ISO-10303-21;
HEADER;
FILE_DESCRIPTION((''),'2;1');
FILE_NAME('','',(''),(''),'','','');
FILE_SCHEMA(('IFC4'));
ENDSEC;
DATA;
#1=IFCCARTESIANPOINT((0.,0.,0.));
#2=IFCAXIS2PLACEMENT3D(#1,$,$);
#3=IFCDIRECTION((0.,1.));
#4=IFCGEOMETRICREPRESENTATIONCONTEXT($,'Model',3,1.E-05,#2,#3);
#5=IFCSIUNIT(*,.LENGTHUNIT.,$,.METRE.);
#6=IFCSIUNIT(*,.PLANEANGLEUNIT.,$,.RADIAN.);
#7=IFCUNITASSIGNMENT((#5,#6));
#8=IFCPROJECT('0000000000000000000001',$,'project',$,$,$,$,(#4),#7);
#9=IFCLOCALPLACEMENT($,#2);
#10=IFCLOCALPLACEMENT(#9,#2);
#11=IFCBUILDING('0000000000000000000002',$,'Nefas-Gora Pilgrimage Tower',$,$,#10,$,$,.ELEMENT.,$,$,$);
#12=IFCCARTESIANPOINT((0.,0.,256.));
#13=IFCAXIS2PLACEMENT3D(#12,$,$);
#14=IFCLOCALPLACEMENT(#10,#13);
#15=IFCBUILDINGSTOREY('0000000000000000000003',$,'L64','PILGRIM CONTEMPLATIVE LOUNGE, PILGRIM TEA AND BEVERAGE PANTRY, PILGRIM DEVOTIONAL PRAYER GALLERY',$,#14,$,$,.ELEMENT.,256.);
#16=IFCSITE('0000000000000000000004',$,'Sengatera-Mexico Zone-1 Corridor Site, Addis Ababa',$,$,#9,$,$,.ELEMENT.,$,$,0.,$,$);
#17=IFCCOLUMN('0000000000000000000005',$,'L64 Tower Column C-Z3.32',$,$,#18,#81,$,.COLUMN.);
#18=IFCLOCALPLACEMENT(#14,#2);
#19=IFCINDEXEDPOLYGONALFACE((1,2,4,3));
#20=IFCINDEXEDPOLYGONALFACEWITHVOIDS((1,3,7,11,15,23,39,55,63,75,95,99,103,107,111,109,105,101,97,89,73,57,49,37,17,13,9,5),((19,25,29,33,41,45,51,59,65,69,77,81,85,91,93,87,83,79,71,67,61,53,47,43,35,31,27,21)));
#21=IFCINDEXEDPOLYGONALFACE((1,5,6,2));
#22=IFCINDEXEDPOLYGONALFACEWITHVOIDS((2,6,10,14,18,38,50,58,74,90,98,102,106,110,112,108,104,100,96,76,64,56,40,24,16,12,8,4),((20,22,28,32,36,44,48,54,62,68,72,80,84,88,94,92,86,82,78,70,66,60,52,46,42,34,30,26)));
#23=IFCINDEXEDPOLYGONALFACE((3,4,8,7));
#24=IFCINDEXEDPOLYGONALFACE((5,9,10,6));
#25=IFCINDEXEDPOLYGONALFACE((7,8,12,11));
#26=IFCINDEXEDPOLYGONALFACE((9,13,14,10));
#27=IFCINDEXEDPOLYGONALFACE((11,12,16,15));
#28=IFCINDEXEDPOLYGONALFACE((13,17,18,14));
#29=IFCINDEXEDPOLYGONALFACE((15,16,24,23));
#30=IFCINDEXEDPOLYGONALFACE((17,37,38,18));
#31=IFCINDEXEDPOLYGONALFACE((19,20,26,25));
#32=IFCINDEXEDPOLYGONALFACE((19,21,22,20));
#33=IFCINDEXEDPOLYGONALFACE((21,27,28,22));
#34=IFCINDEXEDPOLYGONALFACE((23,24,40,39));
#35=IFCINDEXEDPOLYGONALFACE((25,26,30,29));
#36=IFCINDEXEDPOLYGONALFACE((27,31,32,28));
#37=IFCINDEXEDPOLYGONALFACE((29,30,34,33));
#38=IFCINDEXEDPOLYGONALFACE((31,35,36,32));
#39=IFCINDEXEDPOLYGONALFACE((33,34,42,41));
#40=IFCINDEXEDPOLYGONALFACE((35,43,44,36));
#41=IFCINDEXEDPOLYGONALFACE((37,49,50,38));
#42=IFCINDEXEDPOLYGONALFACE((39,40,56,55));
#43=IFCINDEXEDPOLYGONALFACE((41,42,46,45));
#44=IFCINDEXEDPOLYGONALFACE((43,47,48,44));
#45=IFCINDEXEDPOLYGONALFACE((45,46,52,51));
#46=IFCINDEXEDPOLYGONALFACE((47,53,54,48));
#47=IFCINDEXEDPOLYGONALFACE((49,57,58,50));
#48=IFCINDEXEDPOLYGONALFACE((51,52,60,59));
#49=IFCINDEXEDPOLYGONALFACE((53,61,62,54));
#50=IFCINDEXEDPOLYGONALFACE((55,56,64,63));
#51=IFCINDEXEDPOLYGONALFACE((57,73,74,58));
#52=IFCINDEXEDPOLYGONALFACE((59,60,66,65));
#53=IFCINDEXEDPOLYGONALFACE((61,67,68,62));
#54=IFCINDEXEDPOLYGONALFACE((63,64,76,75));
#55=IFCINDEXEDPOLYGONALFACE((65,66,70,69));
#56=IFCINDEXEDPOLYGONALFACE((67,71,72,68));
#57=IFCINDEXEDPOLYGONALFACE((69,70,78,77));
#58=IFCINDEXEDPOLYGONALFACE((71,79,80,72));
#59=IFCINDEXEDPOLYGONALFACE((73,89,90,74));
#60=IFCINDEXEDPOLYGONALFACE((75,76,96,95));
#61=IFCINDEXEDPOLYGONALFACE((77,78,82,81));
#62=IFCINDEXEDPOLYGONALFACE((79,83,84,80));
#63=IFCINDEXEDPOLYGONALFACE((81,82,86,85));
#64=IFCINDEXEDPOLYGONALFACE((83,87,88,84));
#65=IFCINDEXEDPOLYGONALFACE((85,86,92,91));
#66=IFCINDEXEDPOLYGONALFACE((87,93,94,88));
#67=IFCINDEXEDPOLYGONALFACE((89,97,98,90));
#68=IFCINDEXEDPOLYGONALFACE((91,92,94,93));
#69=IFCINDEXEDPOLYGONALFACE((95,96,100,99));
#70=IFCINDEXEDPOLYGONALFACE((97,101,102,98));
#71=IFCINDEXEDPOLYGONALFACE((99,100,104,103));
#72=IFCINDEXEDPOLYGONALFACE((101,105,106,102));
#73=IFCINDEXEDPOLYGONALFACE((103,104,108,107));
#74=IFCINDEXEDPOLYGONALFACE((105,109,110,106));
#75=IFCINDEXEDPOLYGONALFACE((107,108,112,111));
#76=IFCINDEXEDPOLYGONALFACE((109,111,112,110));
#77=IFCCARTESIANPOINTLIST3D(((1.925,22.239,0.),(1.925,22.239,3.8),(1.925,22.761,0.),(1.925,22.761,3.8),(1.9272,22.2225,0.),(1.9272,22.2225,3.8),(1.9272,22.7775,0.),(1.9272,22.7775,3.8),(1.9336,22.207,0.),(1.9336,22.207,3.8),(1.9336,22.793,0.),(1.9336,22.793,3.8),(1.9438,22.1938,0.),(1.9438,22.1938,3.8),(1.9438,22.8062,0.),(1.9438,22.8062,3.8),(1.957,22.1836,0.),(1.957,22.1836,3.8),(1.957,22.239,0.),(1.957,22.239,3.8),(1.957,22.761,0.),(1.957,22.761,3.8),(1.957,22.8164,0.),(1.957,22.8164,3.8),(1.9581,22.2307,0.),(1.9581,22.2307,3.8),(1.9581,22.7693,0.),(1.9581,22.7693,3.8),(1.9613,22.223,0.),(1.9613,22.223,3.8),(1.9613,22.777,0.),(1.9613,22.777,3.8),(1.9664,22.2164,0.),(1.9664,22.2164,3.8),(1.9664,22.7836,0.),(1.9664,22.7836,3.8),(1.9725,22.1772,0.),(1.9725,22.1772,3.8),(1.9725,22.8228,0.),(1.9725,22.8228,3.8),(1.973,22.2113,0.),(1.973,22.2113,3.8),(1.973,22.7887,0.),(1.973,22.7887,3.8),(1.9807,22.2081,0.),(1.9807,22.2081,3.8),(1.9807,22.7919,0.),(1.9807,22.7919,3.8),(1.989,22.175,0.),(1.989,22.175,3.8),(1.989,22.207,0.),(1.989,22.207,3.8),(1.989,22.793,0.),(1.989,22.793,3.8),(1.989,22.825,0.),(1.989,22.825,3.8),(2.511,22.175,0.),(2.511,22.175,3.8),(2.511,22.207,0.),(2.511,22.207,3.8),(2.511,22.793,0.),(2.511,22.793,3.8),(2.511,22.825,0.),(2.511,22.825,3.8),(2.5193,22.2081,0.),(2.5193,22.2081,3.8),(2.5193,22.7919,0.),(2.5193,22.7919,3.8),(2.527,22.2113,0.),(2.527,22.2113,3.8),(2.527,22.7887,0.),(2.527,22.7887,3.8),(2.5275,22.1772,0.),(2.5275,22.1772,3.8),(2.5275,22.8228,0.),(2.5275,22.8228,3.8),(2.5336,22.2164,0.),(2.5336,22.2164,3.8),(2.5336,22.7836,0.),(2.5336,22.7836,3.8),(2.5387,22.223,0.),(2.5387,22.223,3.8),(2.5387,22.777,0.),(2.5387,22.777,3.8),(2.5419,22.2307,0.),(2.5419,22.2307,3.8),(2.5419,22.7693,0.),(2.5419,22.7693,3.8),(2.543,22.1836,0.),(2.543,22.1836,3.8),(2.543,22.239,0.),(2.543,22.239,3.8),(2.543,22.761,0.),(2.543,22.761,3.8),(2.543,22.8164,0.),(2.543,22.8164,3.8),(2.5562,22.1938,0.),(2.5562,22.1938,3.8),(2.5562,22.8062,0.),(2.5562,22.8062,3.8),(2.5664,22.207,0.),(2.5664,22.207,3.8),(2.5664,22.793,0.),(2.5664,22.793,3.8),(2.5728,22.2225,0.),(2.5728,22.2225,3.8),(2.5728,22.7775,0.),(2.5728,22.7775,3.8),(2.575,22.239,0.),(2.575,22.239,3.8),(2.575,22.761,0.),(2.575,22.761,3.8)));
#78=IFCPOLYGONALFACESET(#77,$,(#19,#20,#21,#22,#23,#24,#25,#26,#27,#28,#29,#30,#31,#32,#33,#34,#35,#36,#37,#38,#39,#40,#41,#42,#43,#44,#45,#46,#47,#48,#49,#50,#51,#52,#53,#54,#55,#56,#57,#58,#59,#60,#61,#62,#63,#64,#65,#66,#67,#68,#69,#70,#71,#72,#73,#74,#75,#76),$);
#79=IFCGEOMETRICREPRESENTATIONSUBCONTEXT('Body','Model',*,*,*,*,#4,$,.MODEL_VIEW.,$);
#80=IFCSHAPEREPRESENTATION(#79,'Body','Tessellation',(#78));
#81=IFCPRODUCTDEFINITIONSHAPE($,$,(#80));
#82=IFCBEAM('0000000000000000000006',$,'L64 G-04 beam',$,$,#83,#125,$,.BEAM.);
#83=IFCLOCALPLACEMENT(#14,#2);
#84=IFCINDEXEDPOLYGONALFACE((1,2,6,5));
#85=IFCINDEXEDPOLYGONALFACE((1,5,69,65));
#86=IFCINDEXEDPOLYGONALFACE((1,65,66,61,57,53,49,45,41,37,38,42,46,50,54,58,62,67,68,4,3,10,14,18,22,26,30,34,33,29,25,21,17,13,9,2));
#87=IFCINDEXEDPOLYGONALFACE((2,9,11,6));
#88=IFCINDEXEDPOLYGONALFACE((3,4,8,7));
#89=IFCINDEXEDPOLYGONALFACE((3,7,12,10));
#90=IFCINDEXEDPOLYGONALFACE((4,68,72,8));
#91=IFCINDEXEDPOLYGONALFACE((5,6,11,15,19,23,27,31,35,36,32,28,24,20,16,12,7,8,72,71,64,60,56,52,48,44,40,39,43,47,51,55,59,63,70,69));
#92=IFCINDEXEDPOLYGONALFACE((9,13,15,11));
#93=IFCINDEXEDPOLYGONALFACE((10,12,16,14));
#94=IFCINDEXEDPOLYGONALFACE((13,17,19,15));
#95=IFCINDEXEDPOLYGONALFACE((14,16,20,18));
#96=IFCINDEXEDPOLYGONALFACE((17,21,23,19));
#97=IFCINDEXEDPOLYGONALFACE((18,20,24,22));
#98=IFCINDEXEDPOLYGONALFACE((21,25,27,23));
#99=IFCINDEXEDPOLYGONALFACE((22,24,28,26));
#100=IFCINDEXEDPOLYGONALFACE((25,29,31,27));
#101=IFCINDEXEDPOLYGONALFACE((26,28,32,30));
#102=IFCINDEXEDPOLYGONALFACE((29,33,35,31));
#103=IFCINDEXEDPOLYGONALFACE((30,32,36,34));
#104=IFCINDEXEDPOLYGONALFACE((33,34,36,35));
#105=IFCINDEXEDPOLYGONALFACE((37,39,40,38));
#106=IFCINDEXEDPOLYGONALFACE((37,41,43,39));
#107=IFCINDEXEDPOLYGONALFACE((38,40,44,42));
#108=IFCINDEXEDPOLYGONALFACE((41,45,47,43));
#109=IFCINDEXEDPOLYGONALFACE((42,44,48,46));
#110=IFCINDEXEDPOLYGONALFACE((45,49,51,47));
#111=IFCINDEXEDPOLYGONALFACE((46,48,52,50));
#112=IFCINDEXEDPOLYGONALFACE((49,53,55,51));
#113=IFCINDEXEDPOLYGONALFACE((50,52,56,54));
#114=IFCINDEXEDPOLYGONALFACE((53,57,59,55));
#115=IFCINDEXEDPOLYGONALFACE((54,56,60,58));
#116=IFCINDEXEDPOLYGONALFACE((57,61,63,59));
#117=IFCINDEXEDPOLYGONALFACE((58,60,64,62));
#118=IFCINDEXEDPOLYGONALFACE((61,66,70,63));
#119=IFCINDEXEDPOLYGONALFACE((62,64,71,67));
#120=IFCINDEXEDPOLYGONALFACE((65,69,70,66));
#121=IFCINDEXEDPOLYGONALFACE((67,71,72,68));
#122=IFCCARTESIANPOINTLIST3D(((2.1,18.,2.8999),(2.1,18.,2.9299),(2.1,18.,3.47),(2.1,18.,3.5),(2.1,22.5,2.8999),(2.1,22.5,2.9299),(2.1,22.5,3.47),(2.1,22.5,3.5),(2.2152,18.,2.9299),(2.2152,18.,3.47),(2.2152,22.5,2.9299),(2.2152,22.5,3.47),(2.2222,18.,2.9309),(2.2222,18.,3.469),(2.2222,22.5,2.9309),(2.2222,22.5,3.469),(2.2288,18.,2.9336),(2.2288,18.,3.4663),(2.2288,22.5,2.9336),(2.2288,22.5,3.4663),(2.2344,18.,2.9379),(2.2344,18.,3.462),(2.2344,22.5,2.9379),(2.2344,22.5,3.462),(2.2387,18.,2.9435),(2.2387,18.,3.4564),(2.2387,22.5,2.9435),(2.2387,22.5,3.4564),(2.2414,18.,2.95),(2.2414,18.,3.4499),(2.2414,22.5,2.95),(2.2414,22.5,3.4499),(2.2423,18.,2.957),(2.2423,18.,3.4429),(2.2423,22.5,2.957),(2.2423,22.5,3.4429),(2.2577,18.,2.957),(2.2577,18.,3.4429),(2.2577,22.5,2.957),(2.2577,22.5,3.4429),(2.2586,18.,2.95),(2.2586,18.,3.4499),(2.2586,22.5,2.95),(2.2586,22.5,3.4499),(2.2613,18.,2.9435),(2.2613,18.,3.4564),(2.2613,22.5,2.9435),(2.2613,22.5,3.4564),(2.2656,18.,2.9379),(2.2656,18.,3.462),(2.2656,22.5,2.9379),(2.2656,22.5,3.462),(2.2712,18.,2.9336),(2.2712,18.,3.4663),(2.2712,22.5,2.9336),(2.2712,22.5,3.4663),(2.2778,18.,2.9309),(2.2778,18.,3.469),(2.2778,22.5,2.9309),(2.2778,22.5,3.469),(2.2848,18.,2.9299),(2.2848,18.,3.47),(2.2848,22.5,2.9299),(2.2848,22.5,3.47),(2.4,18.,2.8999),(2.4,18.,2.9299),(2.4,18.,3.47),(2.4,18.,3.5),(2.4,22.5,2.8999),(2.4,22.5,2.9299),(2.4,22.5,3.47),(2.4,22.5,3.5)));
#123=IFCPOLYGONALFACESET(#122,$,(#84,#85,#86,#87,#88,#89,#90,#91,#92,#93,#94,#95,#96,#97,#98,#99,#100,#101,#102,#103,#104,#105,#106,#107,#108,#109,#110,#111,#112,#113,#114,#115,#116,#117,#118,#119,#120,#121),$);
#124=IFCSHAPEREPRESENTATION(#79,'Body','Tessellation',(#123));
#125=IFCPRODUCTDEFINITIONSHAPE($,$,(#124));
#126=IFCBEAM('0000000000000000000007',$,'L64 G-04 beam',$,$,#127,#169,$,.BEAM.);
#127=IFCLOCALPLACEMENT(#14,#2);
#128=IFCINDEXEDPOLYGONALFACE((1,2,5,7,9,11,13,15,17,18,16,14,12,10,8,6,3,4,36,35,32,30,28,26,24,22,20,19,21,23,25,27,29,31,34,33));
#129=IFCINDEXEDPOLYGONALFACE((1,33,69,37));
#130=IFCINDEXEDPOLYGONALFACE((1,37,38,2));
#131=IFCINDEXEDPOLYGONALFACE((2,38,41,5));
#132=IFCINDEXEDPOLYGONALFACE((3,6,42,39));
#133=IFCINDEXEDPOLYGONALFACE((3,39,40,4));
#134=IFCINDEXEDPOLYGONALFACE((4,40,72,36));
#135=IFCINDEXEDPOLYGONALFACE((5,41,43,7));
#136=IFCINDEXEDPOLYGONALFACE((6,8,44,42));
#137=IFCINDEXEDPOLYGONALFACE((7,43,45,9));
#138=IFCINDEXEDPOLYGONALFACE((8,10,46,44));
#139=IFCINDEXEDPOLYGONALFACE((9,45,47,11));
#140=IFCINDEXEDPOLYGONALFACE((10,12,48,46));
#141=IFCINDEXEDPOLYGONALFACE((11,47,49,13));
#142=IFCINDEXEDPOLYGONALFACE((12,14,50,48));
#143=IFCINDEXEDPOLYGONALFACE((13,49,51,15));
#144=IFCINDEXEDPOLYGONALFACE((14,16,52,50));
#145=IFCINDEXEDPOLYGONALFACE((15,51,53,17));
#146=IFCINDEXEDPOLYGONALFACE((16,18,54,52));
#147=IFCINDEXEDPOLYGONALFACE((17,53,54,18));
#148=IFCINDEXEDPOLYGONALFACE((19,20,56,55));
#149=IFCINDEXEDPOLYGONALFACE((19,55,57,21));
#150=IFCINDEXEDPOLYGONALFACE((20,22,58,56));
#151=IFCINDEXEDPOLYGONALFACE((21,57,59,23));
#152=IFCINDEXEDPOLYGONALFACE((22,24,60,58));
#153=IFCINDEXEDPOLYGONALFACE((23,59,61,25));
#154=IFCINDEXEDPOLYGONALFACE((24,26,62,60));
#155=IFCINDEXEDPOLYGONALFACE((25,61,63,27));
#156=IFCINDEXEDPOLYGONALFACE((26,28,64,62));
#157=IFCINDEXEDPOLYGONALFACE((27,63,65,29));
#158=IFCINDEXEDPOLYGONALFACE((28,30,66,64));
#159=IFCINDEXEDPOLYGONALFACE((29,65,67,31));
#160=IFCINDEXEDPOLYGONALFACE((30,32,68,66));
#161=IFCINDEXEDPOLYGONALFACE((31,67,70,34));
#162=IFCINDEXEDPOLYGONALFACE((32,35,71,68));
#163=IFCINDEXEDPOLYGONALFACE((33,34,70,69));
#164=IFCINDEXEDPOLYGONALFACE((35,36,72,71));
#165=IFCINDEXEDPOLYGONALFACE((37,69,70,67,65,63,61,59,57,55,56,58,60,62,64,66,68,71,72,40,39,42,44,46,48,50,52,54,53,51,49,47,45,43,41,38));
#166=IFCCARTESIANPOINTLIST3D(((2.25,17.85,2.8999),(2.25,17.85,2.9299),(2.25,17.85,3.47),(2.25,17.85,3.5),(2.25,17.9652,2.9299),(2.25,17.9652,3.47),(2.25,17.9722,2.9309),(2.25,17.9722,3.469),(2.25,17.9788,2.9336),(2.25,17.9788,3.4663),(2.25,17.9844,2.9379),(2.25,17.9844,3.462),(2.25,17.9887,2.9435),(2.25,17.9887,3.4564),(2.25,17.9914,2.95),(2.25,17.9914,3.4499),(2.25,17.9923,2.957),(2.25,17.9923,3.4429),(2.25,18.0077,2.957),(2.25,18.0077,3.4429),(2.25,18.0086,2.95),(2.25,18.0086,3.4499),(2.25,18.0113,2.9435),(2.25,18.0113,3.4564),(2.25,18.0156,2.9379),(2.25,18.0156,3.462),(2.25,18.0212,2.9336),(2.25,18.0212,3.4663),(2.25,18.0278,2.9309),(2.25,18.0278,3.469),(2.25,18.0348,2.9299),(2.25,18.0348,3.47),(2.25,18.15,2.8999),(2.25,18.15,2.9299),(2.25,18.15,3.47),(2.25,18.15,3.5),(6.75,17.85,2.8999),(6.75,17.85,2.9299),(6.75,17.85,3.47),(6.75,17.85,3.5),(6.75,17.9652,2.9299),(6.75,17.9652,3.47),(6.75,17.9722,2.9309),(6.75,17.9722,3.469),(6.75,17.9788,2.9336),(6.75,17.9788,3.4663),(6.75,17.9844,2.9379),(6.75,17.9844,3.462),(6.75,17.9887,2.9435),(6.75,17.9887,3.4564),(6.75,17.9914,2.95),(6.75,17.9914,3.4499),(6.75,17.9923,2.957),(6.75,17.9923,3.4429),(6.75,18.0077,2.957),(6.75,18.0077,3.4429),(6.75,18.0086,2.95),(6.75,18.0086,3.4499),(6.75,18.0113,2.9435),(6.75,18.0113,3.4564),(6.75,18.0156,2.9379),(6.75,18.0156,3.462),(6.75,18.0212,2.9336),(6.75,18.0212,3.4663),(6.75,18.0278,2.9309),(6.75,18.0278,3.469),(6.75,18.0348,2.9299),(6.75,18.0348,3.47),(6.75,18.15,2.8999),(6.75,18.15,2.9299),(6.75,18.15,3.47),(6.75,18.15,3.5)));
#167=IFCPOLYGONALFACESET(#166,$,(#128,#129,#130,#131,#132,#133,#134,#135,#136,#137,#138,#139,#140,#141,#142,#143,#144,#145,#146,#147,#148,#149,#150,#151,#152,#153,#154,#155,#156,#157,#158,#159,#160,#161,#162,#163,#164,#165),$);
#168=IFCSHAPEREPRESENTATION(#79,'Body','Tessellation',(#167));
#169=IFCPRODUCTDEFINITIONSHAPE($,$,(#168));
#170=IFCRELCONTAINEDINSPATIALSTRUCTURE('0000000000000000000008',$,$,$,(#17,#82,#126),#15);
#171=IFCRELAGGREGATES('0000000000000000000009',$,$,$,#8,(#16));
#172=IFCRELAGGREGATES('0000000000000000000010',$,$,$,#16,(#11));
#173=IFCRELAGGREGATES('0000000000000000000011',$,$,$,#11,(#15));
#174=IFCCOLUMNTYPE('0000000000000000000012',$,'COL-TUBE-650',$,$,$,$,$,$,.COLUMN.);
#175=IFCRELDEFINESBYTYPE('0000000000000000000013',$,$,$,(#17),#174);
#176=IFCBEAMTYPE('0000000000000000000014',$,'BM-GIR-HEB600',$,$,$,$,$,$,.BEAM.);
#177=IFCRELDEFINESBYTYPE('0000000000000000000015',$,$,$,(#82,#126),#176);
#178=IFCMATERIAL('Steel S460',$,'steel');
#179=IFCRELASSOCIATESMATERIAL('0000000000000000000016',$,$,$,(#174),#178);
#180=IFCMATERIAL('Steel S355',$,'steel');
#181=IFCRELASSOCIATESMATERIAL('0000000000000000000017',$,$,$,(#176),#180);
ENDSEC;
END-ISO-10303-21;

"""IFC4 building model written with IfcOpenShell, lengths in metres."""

from ifc_helpers import new_model, si_unit, direction, frame, origin, origin_2d, place, context, subcontext, project, spatial, hollow_rectangle, i_section, extrude, source, transform, mapped, material, material_profile, profile_set, type_object, element, save


model = new_model("IFC4")

# Units and contexts
model_context = context("Model", 3, precision=1e-05, world=origin(), true_north=direction((0.0, 1.0)))
body_context = subcontext(model_context, "Body", "Model", "MODEL_VIEW")
ifc_project = project(units=[si_unit("LENGTHUNIT", "METRE"), si_unit("PLANEANGLEUNIT", "RADIAN")], contexts=[model_context])

# Site, building, storey
site_placement = place(None, origin())
site = spatial("IfcSite", under=ifc_project, at=site_placement, Name="Sengatera-Mexico Zone-1 Corridor Site, Addis Ababa", CompositionType="ELEMENT", RefElevation=0.0)
building_placement = place(site_placement, origin())
building = spatial("IfcBuilding", under=site, at=building_placement, Name="Nefas-Gora Pilgrimage Tower", CompositionType="ELEMENT")
storey_placement = place(building_placement, frame((0.0, 0.0, 256.0)))
storey = spatial("IfcBuildingStorey", under=building, at=storey_placement, Name="L64", Description="PILGRIM CONTEMPLATIVE LOUNGE, PILGRIM TEA AND BEVERAGE PANTRY, PILGRIM DEVOTIONAL PRAYER GALLERY", CompositionType="ELEMENT", Elevation=256.0)

# Column
ifc_material_1 = material(Name="Steel S460", Category="steel")
ifc_material_profile_1 = material_profile(ifc_material_1, hollow_rectangle(XDim=0.6499, YDim=0.6499, WallThickness=0.032, InnerFilletRadius=0.032, OuterFilletRadius=0.064, at=origin_2d()), Name="BOX 650x650x32")
ifc_profile_set_1 = profile_set([ifc_material_profile_1], Name="Steel S460")
column_type_1 = type_object("IfcColumnType", Name="COL-TUBE-650", PredefinedType="COLUMN", material=ifc_profile_set_1)
shared_shape_1 = source(origin(), body_context, "Body", "SweptSolid", [
    extrude(hollow_rectangle(XDim=0.6499, YDim=0.6499, WallThickness=0.032, InnerFilletRadius=0.032, OuterFilletRadius=0.064, at=origin_2d()), origin(), (0.0, 0.0, 1.0), 3.8),
])
column_placement = place(storey_placement, frame((2.25, 22.5, 0.0), z_axis=(0.0, 0.0, 1.0), x_axis=(1.0, 0.0, 0.0)))
element("IfcColumn", 1, at=column_placement, inside=storey, type_object=column_type_1, Name="L64 Tower Column C-Z3.32", PredefinedType="COLUMN", context=body_context, shape_type="MappedRepresentation", body=[
    mapped(shared_shape_1, transform((0.0, 0.0, 0.0), x_axis=(1.0, 0.0, 0.0), y_axis=(0.0, 1.0, 0.0), z_axis=(0.0, 0.0, 1.0), scale=1.0)),
])

# Beams
ifc_material_2 = material(Name="Steel S355", Category="steel")
ifc_material_profile_2 = material_profile(ifc_material_2, i_section(OverallWidth=0.3, OverallDepth=0.6001, WebThickness=0.0154, FlangeThickness=0.03, FilletRadius=0.0271, at=origin_2d()), Name="HEB 600")
ifc_profile_set_2 = profile_set([ifc_material_profile_2], Name="Steel S355")
beam_type = type_object("IfcBeamType", Name="BM-GIR-HEB600", PredefinedType="BEAM", material=ifc_profile_set_2)
shared_shape_2 = source(origin(), body_context, "Body", "SweptSolid", [
    extrude(i_section(OverallWidth=0.3, OverallDepth=0.6001, WebThickness=0.0154, FlangeThickness=0.03, FilletRadius=0.0271, at=origin_2d()), origin(), (0.0, 0.0, 1.0), 4.5),
])
for number, where, z_axis, x_axis, name in (
    (2, (2.25, 18.0, 3.2), (0.0, 1.0, 0.0), (-1.0, 0.0, 0.0), "L64 G-04 beam"),
    (3, (2.25, 18.0, 3.2), (1.0, 0.0, 0.0), (0.0, 1.0, 0.0), "L64 G-04 beam"),
):
    element("IfcBeam", number, at=place(storey_placement, frame(where, z_axis=z_axis, x_axis=x_axis)), inside=storey, type_object=beam_type, Name=name, PredefinedType="BEAM", context=body_context, shape_type="MappedRepresentation", body=[
        mapped(shared_shape_2, transform((0.0, 0.0, 0.0), x_axis=(1.0, 0.0, 0.0), y_axis=(0.0, 1.0, 0.0), z_axis=(0.0, 0.0, 1.0), scale=1.0)),
    ])

save(model, "model.ifc")
